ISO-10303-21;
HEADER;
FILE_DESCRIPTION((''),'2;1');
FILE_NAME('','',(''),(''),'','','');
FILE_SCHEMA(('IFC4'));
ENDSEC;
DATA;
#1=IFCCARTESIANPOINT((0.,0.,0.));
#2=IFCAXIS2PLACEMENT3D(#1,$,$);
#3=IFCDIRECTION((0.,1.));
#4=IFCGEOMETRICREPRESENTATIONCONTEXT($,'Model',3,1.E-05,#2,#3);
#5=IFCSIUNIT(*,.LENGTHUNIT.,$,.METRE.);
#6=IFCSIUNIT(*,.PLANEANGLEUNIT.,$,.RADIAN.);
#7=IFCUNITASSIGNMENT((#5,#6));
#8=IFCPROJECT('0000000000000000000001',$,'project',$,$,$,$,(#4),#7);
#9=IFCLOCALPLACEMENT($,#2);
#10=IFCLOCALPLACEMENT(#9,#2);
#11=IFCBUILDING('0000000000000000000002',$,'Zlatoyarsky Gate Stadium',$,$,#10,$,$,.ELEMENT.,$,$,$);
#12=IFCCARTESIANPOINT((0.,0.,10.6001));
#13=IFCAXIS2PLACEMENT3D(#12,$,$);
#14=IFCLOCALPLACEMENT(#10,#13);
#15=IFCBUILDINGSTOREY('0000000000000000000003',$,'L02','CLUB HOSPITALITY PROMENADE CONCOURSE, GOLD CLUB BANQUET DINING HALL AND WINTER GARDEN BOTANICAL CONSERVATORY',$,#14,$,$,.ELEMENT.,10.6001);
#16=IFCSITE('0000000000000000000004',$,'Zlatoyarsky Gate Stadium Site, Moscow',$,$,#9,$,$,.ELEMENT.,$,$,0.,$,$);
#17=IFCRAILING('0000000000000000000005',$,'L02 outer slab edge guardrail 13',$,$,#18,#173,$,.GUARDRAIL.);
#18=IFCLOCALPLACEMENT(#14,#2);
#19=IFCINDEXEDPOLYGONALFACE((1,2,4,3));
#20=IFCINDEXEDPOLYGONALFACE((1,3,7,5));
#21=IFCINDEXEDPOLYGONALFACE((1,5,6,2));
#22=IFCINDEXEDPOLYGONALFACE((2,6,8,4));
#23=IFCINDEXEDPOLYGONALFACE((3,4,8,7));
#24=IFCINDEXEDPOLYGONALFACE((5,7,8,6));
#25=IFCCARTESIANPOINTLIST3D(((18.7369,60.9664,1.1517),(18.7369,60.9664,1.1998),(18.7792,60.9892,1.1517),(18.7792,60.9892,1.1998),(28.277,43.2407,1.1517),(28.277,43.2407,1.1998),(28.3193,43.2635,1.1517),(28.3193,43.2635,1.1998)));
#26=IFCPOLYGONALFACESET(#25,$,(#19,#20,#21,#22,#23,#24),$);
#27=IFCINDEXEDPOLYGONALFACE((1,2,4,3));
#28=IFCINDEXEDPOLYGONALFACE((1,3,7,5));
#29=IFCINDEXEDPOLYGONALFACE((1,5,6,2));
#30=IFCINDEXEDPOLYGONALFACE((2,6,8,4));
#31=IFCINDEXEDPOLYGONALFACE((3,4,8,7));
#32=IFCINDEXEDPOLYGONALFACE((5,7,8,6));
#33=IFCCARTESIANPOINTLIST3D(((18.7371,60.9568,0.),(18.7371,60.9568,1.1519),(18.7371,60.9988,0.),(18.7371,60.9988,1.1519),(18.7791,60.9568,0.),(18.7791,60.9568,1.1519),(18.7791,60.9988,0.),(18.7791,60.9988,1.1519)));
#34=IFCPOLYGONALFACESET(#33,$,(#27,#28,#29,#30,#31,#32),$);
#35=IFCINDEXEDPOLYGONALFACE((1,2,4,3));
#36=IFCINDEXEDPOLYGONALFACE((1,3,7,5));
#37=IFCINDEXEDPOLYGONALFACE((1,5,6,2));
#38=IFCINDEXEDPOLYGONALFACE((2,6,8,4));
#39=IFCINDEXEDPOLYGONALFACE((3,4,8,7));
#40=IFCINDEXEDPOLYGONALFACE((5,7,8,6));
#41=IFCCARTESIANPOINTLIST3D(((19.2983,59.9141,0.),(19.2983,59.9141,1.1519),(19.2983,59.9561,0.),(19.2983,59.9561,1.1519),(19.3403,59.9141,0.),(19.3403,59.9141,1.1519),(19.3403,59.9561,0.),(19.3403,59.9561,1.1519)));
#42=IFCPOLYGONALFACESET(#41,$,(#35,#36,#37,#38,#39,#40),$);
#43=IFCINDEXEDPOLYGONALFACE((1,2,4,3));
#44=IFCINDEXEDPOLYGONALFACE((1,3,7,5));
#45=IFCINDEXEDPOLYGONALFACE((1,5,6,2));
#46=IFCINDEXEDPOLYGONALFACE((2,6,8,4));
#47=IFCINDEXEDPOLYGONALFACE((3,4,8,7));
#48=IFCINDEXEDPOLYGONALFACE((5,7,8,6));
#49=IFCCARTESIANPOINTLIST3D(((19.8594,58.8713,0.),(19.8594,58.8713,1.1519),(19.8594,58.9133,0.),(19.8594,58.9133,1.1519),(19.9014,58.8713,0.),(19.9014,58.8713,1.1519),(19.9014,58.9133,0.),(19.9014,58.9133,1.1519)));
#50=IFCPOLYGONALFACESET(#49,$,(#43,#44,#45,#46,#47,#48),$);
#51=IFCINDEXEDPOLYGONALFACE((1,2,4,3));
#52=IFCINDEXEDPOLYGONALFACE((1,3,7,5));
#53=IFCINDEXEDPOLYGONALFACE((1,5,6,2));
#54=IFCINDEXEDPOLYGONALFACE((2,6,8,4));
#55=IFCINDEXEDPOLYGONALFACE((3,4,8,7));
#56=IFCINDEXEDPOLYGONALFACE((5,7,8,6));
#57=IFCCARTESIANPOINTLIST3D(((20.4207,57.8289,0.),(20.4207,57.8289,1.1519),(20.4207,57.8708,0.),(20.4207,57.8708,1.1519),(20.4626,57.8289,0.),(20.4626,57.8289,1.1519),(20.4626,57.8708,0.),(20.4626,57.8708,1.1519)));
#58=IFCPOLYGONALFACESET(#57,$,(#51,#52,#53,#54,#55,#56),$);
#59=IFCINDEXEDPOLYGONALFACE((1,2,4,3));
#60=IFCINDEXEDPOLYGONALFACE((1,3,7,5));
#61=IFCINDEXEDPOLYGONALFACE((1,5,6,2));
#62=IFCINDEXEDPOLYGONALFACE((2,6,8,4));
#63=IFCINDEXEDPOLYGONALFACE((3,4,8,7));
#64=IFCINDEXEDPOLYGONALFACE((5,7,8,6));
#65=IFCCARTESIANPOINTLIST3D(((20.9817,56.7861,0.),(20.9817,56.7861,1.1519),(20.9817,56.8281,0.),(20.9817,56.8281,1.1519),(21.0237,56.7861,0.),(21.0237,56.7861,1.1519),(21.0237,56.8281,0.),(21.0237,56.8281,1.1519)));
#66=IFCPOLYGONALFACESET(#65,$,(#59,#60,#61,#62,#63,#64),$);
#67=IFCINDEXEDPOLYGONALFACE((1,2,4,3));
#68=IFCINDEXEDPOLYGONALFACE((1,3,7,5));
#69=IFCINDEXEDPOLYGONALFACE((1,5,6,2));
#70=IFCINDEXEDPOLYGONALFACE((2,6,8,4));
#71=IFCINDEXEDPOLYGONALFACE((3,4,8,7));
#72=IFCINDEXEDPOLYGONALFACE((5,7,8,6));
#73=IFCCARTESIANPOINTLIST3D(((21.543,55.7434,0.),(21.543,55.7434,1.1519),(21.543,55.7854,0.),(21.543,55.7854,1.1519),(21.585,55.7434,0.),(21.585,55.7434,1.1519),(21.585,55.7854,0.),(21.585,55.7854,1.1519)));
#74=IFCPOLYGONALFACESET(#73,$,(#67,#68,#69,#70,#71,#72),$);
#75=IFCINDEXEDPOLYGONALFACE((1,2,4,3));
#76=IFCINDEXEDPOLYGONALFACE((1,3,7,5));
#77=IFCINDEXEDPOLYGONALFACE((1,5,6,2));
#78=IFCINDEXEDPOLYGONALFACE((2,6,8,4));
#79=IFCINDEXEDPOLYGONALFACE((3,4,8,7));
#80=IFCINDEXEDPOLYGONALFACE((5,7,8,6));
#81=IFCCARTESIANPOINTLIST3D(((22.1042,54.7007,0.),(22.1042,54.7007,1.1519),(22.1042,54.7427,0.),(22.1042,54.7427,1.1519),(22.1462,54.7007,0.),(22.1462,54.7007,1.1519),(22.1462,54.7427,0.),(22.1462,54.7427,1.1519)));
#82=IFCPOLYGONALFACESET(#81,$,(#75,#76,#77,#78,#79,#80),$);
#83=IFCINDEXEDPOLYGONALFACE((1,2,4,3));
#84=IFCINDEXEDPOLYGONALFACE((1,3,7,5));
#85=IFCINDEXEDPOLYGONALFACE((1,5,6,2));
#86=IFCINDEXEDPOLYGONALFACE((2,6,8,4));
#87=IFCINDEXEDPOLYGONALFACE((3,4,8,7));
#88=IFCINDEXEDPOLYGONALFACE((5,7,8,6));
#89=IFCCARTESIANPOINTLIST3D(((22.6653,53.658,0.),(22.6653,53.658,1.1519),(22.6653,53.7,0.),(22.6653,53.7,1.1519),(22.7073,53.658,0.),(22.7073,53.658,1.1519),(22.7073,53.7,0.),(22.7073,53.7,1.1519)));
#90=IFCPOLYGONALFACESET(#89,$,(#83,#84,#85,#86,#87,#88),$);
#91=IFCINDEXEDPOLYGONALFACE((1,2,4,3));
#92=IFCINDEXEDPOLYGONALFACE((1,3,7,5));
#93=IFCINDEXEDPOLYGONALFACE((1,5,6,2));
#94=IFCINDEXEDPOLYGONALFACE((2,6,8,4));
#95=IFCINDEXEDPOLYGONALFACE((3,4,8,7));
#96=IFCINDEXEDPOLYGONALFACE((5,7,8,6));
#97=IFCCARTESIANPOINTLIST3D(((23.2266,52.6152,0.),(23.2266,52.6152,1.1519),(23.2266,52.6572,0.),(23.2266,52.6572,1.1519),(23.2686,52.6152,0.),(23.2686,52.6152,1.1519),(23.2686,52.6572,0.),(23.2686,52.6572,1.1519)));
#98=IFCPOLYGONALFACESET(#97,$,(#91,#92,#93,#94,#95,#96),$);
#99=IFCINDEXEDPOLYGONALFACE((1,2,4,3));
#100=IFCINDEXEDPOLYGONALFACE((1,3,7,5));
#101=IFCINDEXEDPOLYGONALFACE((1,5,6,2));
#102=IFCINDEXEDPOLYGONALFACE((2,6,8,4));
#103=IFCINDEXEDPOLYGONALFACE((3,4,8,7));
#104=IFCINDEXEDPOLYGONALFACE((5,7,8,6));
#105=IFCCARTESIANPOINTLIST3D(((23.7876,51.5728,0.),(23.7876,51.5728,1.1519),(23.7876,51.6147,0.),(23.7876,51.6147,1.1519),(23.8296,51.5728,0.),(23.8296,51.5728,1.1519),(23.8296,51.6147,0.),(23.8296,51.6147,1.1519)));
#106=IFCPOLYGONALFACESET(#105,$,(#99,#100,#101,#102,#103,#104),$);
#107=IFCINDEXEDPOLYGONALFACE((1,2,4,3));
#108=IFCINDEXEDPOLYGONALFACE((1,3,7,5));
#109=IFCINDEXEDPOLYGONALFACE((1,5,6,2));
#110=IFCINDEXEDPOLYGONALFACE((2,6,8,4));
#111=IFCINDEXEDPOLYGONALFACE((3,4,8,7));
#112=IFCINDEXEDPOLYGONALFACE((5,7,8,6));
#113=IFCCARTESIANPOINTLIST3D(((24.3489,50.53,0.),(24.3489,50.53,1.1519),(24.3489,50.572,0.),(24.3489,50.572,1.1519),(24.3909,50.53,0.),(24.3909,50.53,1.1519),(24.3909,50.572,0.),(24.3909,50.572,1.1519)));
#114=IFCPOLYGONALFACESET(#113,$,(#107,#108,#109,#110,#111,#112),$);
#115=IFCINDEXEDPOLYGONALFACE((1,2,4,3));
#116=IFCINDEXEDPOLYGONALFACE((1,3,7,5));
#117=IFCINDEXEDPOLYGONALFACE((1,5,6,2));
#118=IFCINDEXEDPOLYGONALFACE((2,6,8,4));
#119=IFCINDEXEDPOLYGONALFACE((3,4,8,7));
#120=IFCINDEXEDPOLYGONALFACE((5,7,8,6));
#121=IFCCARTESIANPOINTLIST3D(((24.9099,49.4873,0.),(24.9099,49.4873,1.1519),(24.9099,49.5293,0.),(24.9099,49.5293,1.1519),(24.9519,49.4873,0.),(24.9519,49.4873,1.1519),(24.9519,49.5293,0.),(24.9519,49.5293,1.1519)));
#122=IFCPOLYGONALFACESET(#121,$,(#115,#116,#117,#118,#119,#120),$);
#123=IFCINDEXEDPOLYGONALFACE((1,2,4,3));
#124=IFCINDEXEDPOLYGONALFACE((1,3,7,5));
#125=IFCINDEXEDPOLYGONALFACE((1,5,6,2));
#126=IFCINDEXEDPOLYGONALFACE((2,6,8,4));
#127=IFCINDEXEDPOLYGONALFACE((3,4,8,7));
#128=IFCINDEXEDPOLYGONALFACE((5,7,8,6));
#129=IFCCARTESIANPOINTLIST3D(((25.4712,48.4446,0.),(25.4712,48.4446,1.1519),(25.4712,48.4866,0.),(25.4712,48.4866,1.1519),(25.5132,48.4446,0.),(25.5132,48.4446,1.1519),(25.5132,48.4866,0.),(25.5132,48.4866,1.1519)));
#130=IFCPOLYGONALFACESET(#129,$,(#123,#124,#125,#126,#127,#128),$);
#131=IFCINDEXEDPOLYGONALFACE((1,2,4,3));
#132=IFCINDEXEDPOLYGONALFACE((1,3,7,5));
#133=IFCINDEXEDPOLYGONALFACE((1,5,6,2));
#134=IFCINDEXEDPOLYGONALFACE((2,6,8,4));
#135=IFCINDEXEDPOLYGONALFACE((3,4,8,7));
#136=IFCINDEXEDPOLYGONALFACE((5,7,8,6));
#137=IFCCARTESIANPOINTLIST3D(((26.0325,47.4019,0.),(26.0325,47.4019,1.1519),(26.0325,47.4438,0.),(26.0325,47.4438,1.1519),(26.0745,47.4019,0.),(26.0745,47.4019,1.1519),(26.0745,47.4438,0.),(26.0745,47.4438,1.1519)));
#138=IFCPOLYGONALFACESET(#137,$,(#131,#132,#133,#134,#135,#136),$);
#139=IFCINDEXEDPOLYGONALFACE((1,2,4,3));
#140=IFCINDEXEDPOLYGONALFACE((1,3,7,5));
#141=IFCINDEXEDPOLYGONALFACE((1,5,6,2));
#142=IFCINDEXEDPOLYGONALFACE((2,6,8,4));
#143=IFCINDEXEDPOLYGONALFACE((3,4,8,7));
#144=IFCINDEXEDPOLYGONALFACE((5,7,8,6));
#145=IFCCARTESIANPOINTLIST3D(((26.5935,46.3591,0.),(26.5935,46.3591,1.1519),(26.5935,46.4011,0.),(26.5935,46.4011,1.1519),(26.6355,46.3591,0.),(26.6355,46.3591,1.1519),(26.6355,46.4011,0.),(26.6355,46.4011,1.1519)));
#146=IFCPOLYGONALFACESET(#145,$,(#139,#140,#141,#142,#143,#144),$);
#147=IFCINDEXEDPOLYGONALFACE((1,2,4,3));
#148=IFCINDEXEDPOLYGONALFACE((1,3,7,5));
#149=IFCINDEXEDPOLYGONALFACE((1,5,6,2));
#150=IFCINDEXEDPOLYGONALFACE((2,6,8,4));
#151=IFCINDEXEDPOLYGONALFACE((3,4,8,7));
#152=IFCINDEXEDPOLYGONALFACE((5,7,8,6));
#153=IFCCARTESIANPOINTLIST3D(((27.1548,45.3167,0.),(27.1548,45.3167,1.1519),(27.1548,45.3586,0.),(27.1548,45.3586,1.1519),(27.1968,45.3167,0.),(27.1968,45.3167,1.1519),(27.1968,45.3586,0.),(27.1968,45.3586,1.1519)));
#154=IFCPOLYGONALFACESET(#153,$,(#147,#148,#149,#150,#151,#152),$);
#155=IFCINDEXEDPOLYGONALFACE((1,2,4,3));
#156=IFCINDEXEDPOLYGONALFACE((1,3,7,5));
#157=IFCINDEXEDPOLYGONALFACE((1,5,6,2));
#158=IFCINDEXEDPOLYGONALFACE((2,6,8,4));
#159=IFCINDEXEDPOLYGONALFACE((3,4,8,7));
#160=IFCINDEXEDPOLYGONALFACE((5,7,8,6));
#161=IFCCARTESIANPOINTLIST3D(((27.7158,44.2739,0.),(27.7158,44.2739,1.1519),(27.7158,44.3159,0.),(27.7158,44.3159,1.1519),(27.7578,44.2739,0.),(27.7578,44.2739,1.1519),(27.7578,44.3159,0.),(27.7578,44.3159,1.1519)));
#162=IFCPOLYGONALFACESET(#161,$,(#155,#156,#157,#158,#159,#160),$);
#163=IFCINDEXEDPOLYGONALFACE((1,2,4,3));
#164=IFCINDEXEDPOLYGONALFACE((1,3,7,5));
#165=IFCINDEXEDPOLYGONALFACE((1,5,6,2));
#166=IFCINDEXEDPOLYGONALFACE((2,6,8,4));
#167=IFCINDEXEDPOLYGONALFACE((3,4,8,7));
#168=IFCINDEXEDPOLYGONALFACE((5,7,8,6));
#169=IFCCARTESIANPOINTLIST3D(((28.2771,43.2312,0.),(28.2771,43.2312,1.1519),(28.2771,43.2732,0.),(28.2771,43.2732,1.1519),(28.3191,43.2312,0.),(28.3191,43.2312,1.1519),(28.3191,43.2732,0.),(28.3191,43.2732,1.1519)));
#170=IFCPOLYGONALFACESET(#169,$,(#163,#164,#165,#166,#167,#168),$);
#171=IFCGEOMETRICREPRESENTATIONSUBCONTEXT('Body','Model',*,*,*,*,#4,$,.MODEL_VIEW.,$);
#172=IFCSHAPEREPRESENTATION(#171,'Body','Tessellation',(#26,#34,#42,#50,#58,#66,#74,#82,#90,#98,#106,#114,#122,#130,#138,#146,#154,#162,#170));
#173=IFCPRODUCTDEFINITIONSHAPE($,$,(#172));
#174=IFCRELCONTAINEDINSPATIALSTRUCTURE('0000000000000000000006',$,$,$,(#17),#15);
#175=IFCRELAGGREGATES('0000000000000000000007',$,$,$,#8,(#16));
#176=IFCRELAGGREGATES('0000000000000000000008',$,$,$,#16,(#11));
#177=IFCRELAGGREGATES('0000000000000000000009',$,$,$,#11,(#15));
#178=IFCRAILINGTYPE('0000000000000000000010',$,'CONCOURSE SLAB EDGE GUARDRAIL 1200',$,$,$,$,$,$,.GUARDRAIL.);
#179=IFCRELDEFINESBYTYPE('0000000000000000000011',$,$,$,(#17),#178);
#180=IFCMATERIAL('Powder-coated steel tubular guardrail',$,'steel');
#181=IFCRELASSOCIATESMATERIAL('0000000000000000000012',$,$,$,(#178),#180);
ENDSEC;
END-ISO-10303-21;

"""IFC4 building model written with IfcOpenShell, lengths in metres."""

from ifc_helpers import new_model, si_unit, direction, frame, origin, origin_2d, place, context, subcontext, project, spatial, rectangle, extrude, material, type_object, element, save


model = new_model("IFC4")

# Units and contexts
model_context = context("Model", 3, precision=1e-05, world=origin(), true_north=direction((0.0, 1.0)))
body_context = subcontext(model_context, "Body", "Model", "MODEL_VIEW")
ifc_project = project(units=[si_unit("LENGTHUNIT", "METRE"), si_unit("PLANEANGLEUNIT", "RADIAN")], contexts=[model_context])

# Site, building, storey
site_placement = place(None, origin())
site = spatial("IfcSite", under=ifc_project, at=site_placement, Name="Zlatoyarsky Gate Stadium Site, Moscow", CompositionType="ELEMENT", RefElevation=0.0)
building_placement = place(site_placement, origin())
building = spatial("IfcBuilding", under=site, at=building_placement, Name="Zlatoyarsky Gate Stadium", CompositionType="ELEMENT")
storey_placement = place(building_placement, frame((0.0, 0.0, 10.6001)))
storey = spatial("IfcBuildingStorey", under=building, at=storey_placement, Name="L02", Description="CLUB HOSPITALITY PROMENADE CONCOURSE, GOLD CLUB BANQUET DINING HALL AND WINTER GARDEN BOTANICAL CONSERVATORY", CompositionType="ELEMENT", Elevation=10.6001)

# Railing
ifc_material_1 = material(Name="Powder-coated steel tubular guardrail", Category="steel")
railing_type = type_object("IfcRailingType", Name="CONCOURSE SLAB EDGE GUARDRAIL 1200", PredefinedType="GUARDRAIL", material=ifc_material_1)
railing_placement = place(storey_placement, frame((18.7581, 60.9778, 0.0)))
element("IfcRailing", 1, at=railing_placement, inside=storey, type_object=railing_type, Name="L02 outer slab edge guardrail 13", PredefinedType="GUARDRAIL", context=body_context, shape_type="SweptSolid", body=[
    extrude(rectangle(XDim=0.0481, YDim=0.0481, at=origin_2d()), frame((0.0, 0.0, 1.1758), z_axis=(0.473926, -0.880565, 0.0), x_axis=(0.880565, 0.473926, 0.0)), (0.0, 0.0, 1.0), 20.1299),
    extrude(rectangle(XDim=0.042, YDim=0.042, at=origin_2d()), origin(), (0.0, 0.0, 1.0), 1.1519),
    extrude(rectangle(XDim=0.042, YDim=0.042, at=origin_2d()), frame((0.5613, -1.0427, 0.0)), (0.0, 0.0, 1.0), 1.1519),
    extrude(rectangle(XDim=0.042, YDim=0.042, at=origin_2d()), frame((1.1223, -2.0854, 0.0)), (0.0, 0.0, 1.0), 1.1519),
    extrude(rectangle(XDim=0.042, YDim=0.042, at=origin_2d()), frame((1.6836, -3.1279, 0.0)), (0.0, 0.0, 1.0), 1.1519),
    extrude(rectangle(XDim=0.042, YDim=0.042, at=origin_2d()), frame((2.2446, -4.1707, 0.0)), (0.0, 0.0, 1.0), 1.1519),
    extrude(rectangle(XDim=0.042, YDim=0.042, at=origin_2d()), frame((2.8059, -5.2134, 0.0)), (0.0, 0.0, 1.0), 1.1519),
    extrude(rectangle(XDim=0.042, YDim=0.042, at=origin_2d()), frame((3.3672, -6.2561, 0.0)), (0.0, 0.0, 1.0), 1.1519),
    extrude(rectangle(XDim=0.042, YDim=0.042, at=origin_2d()), frame((3.9282, -7.2988, 0.0)), (0.0, 0.0, 1.0), 1.1519),
    extrude(rectangle(XDim=0.042, YDim=0.042, at=origin_2d()), frame((4.4895, -8.3416, 0.0)), (0.0, 0.0, 1.0), 1.1519),
    extrude(rectangle(XDim=0.042, YDim=0.042, at=origin_2d()), frame((5.0505, -9.384, 0.0)), (0.0, 0.0, 1.0), 1.1519),
    extrude(rectangle(XDim=0.042, YDim=0.042, at=origin_2d()), frame((5.6118, -10.4268, 0.0)), (0.0, 0.0, 1.0), 1.1519),
    extrude(rectangle(XDim=0.042, YDim=0.042, at=origin_2d()), frame((6.1729, -11.4695, 0.0)), (0.0, 0.0, 1.0), 1.1519),
    extrude(rectangle(XDim=0.042, YDim=0.042, at=origin_2d()), frame((6.7341, -12.5122, 0.0)), (0.0, 0.0, 1.0), 1.1519),
    extrude(rectangle(XDim=0.042, YDim=0.042, at=origin_2d()), frame((7.2954, -13.5549, 0.0)), (0.0, 0.0, 1.0), 1.1519),
    extrude(rectangle(XDim=0.042, YDim=0.042, at=origin_2d()), frame((7.8564, -14.5977, 0.0)), (0.0, 0.0, 1.0), 1.1519),
    extrude(rectangle(XDim=0.042, YDim=0.042, at=origin_2d()), frame((8.4177, -15.6401, 0.0)), (0.0, 0.0, 1.0), 1.1519),
    extrude(rectangle(XDim=0.042, YDim=0.042, at=origin_2d()), frame((8.9788, -16.6829, 0.0)), (0.0, 0.0, 1.0), 1.1519),
    extrude(rectangle(XDim=0.042, YDim=0.042, at=origin_2d()), frame((9.54, -17.7256, 0.0)), (0.0, 0.0, 1.0), 1.1519),
])

save(model, "model.ifc")
